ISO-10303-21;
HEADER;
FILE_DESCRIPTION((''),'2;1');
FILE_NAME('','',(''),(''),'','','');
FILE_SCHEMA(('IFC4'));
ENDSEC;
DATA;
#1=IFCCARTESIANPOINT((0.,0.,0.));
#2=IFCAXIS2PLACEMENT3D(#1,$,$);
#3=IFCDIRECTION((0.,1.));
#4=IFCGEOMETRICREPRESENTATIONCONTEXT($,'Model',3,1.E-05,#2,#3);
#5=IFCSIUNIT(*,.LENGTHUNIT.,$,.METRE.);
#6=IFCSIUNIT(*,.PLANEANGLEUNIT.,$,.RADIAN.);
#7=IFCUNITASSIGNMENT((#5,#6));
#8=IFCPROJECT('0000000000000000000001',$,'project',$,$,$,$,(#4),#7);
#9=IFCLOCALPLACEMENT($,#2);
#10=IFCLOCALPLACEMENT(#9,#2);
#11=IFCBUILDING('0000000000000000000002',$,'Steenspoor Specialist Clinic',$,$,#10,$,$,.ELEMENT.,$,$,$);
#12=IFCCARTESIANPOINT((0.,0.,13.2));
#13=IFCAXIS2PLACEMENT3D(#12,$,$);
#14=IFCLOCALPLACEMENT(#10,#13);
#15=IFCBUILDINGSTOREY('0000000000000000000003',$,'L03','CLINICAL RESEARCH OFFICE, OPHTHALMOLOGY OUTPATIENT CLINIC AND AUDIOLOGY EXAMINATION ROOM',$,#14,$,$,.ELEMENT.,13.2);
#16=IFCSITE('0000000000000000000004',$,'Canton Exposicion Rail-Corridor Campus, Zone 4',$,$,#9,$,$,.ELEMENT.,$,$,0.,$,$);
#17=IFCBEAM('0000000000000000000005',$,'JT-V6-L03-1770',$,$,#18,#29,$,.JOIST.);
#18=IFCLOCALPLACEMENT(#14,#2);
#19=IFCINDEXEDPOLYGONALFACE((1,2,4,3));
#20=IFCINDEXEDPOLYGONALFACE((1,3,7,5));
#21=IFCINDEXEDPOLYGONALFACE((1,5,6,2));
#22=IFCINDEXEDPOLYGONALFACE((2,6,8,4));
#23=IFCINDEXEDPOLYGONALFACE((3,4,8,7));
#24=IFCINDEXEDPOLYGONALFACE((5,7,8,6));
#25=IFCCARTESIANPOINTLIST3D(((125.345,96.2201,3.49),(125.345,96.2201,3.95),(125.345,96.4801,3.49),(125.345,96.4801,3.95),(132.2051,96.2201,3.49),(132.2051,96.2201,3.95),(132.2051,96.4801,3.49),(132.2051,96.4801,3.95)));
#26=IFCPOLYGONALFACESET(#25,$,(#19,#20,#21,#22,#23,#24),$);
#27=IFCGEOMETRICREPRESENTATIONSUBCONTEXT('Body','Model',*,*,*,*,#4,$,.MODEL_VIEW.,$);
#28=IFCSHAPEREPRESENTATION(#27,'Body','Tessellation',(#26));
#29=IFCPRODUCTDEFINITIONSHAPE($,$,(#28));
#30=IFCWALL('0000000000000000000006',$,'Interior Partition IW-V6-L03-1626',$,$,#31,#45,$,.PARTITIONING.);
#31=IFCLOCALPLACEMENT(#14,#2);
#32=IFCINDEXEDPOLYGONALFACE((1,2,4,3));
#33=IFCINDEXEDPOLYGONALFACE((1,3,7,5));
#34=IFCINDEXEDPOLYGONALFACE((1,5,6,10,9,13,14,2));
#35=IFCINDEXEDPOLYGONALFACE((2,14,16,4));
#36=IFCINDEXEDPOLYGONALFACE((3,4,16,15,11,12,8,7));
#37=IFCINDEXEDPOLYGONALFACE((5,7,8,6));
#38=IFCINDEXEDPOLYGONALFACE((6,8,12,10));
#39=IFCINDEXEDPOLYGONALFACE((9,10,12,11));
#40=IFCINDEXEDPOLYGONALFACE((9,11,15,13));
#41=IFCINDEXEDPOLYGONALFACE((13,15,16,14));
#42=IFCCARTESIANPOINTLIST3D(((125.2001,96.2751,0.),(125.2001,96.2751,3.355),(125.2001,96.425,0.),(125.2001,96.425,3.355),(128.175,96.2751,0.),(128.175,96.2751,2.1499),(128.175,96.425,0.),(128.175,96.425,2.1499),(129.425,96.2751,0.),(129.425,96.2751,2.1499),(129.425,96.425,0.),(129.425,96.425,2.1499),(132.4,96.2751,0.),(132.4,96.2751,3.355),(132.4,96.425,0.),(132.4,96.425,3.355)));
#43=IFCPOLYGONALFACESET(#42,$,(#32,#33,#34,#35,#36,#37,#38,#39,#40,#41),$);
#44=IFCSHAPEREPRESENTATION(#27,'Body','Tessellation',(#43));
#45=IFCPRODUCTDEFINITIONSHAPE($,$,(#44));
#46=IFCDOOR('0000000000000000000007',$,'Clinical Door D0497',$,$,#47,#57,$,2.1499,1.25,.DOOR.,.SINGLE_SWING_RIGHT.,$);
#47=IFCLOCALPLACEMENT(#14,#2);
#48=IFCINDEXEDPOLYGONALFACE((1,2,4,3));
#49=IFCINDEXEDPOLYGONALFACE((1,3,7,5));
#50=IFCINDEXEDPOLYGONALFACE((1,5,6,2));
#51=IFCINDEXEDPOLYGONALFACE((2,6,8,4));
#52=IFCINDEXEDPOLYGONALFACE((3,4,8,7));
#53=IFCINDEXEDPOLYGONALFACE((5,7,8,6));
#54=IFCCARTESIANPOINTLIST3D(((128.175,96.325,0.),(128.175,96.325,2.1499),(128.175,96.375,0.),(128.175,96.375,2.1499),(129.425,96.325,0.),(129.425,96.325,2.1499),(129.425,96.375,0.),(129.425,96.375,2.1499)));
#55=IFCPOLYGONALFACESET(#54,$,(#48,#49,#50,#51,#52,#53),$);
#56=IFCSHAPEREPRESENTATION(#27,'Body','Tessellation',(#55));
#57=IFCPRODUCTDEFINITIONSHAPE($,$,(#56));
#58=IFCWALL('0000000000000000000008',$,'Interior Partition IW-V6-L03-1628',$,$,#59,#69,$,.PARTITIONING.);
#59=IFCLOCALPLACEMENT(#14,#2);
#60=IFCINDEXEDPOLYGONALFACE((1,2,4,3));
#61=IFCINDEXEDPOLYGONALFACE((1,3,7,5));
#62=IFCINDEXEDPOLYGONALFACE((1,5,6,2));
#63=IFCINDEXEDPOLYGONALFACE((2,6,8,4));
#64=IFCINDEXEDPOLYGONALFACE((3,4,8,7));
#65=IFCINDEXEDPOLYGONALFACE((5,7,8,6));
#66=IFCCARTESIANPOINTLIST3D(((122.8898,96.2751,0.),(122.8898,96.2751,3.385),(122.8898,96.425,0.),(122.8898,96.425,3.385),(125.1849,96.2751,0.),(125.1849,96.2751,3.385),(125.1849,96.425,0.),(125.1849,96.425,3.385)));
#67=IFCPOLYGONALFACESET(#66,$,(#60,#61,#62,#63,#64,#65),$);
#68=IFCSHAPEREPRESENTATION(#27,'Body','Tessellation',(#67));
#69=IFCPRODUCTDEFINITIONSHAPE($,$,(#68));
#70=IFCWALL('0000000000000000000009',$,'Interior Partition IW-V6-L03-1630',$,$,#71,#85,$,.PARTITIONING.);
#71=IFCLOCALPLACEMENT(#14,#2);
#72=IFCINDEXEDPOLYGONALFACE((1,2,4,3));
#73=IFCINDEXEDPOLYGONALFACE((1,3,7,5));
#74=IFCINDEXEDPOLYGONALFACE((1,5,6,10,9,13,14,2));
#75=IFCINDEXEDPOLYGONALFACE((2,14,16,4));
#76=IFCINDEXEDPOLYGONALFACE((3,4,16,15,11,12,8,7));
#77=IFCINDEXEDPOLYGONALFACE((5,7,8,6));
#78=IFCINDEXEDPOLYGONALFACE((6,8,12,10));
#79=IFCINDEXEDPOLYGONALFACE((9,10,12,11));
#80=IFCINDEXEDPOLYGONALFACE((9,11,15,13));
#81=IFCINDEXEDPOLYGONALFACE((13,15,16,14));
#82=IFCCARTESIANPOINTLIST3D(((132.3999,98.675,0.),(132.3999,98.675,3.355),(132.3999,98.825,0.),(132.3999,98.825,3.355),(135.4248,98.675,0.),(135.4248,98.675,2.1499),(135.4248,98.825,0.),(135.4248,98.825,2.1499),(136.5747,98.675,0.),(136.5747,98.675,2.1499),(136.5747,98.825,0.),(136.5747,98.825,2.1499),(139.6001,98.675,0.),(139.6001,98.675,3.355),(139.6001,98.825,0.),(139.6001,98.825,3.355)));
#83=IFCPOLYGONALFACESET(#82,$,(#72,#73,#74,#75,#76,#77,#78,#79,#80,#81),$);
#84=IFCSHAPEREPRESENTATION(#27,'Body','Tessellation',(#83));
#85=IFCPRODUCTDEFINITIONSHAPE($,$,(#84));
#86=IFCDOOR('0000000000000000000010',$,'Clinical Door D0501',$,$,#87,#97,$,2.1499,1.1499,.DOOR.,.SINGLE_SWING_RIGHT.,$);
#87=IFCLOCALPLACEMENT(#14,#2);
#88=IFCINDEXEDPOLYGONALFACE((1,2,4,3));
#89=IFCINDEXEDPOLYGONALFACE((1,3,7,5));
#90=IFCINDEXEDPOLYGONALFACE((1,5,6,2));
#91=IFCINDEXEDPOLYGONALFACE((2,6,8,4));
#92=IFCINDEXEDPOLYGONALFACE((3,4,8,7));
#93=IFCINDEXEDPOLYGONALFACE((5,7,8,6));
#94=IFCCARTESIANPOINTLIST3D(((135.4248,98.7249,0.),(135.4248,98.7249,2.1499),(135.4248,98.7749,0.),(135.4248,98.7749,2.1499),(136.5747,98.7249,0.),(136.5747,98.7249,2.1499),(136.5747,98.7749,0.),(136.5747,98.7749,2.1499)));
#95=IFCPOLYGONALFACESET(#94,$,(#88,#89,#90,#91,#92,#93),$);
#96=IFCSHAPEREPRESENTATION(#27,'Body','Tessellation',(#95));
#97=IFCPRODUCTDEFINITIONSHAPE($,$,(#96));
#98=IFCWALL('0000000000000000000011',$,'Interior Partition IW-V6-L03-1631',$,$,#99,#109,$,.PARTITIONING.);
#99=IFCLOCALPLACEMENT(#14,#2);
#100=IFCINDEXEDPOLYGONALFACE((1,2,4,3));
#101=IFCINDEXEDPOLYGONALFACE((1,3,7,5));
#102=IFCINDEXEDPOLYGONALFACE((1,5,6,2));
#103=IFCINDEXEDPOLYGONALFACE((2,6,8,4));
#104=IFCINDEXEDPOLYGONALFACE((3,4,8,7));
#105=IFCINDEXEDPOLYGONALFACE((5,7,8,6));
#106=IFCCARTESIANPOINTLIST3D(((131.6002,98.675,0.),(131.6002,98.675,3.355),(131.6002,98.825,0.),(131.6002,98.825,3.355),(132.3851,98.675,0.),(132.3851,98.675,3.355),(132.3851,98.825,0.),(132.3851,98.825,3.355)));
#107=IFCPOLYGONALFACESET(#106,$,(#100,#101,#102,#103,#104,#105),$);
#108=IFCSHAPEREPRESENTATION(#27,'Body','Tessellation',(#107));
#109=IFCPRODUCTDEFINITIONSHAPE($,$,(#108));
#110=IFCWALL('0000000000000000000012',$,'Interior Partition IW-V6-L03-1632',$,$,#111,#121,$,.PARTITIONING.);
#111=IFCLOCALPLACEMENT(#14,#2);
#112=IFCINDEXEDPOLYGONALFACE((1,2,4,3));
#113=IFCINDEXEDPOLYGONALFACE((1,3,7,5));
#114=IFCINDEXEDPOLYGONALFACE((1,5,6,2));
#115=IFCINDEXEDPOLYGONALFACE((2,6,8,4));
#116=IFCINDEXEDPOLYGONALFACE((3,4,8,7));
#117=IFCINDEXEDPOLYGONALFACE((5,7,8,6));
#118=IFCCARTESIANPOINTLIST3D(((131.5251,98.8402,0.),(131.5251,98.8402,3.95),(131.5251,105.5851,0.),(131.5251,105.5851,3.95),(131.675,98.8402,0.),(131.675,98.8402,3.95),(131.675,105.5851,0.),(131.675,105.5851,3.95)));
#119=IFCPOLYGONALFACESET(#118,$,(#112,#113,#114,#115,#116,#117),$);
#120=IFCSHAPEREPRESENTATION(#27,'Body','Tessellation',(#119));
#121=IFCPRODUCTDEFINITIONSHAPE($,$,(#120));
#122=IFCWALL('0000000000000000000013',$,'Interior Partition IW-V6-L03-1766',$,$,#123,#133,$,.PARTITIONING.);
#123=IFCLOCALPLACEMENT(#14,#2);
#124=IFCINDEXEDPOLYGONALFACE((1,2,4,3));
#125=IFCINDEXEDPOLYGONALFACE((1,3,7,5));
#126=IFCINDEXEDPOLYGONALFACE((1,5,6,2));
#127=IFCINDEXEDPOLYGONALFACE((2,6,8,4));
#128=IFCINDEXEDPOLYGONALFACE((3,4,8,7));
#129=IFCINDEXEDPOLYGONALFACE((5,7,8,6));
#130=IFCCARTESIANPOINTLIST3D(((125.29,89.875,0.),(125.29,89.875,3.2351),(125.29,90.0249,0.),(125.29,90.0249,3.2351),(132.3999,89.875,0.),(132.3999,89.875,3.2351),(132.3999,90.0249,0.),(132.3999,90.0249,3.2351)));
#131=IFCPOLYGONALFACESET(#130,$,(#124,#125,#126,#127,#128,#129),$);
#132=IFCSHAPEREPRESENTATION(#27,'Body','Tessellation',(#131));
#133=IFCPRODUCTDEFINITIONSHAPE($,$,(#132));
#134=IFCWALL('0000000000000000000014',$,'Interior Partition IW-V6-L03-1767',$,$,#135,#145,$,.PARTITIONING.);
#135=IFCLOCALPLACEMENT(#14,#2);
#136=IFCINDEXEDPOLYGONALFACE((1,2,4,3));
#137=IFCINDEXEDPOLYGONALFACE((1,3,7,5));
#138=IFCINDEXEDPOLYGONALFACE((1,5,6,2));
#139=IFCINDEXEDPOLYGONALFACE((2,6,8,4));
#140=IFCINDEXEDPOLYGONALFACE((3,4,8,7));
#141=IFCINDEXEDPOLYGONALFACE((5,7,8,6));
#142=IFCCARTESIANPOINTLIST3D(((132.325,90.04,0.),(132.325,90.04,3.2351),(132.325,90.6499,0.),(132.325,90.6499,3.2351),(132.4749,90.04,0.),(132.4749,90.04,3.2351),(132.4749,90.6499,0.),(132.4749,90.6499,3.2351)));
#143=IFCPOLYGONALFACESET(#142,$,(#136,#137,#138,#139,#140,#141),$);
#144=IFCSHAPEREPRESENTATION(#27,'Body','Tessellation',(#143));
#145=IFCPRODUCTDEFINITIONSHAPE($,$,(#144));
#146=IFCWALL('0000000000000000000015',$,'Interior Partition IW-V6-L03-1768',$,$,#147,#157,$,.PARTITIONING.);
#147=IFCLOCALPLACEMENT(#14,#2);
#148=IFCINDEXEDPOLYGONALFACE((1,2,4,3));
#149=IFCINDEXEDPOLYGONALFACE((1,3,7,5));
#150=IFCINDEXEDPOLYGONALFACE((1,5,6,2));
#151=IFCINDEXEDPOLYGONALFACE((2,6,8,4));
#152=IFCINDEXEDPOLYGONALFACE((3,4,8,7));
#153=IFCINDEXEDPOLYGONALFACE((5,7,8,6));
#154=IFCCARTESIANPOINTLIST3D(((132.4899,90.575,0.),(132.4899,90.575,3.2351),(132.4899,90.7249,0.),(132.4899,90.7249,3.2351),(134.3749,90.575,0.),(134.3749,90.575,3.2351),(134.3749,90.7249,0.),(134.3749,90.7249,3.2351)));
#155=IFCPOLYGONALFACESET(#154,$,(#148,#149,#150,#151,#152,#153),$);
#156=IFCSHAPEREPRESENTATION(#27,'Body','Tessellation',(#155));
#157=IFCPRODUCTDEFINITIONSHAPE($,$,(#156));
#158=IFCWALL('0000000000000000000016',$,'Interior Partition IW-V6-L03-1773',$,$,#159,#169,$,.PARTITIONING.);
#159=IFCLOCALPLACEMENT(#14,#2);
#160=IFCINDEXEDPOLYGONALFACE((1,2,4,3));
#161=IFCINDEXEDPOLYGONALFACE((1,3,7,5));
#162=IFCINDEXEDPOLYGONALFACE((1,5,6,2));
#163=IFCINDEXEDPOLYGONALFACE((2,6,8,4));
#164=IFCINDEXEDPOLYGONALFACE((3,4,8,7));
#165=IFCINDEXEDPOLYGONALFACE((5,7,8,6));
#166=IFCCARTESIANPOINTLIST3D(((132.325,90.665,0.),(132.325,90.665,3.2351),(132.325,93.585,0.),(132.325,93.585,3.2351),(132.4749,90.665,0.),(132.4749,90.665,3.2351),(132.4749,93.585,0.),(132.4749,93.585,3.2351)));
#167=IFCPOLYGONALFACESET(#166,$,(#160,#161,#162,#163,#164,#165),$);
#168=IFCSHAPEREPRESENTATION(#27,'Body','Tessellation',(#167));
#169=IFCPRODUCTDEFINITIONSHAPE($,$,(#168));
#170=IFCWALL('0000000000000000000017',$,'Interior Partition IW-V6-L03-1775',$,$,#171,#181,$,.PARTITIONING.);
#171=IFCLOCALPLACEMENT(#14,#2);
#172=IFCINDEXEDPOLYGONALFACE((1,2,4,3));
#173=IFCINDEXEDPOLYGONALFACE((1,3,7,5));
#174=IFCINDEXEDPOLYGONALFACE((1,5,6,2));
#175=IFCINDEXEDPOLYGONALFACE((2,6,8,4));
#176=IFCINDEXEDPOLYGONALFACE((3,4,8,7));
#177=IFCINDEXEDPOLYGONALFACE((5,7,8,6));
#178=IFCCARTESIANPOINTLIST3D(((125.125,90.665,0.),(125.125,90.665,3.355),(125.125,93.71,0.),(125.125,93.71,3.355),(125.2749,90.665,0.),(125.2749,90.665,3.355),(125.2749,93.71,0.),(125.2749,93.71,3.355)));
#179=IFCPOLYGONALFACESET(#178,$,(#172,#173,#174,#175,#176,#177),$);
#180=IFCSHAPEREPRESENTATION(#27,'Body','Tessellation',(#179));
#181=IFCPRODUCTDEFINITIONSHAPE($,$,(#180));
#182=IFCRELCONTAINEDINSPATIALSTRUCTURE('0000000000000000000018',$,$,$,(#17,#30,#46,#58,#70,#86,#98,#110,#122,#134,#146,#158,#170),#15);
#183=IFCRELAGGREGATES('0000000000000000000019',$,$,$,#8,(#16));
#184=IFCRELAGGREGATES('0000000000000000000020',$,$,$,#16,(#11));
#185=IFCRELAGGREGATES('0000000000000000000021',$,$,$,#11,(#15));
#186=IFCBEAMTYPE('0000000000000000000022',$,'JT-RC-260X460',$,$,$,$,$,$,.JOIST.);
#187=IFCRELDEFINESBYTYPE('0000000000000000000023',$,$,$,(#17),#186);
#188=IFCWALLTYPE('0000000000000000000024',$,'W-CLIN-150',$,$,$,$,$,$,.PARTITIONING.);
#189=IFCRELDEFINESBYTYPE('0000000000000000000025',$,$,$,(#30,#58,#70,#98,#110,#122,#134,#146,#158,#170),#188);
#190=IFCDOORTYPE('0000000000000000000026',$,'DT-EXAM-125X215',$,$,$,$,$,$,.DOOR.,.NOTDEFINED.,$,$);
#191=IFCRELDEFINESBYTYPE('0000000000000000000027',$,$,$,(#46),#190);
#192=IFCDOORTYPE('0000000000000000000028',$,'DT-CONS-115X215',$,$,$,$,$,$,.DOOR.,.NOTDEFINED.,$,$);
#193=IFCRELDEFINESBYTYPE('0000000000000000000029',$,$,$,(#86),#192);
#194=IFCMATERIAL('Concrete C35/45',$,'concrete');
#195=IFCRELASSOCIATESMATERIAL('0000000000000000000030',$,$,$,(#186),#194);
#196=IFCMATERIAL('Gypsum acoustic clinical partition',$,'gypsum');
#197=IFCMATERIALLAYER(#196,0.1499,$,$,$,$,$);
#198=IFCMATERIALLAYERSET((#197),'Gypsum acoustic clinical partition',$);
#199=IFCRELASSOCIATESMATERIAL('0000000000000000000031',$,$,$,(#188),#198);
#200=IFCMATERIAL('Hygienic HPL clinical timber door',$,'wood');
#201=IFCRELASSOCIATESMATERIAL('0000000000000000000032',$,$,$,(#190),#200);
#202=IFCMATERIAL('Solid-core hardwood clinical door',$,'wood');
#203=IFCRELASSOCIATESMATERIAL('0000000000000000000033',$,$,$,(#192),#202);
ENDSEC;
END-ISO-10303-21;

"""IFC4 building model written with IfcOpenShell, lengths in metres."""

from ifc_helpers import new_model, si_unit, direction, frame, frame_2d, origin, origin_2d, place, context, subcontext, project, spatial, rectangle, extrude, material, layer, layer_set, material_profile, profile_set, type_object, element, fill, save


model = new_model("IFC4")

# Units and contexts
model_context = context("Model", 3, precision=1e-05, world=origin(), true_north=direction((0.0, 1.0)))
body_context = subcontext(model_context, "Body", "Model", "MODEL_VIEW")
ifc_project = project(units=[si_unit("LENGTHUNIT", "METRE"), si_unit("PLANEANGLEUNIT", "RADIAN")], contexts=[model_context])

# Site, building, storey
site_placement = place(None, origin())
site = spatial("IfcSite", under=ifc_project, at=site_placement, Name="Canton Exposicion Rail-Corridor Campus, Zone 4", CompositionType="ELEMENT", RefElevation=0.0)
building_placement = place(site_placement, origin())
building = spatial("IfcBuilding", under=site, at=building_placement, Name="Steenspoor Specialist Clinic", CompositionType="ELEMENT")
storey_placement = place(building_placement, frame((0.0, 0.0, 13.2)))
storey = spatial("IfcBuildingStorey", under=building, at=storey_placement, Name="L03", Description="CLINICAL RESEARCH OFFICE, OPHTHALMOLOGY OUTPATIENT CLINIC AND AUDIOLOGY EXAMINATION ROOM", CompositionType="ELEMENT", Elevation=13.2)

# Beam
ifc_material_1 = material(Name="Concrete C35/45", Category="concrete")
ifc_material_profile_1 = material_profile(ifc_material_1, rectangle(XDim=0.26, YDim=0.46, at=origin_2d()), Name="RC-JT-260X460")
ifc_profile_set_1 = profile_set([ifc_material_profile_1], Name="Concrete C35/45")
beam_type_1 = type_object("IfcBeamType", Name="JT-RC-260X460", PredefinedType="JOIST", material=ifc_profile_set_1)
beam_1_placement = place(storey_placement, frame((125.345, 96.3501, 3.72), z_axis=(1.0, 0.0, 0.0), x_axis=(0.0, 1.0, 0.0)))
element("IfcBeam", 1, at=beam_1_placement, inside=storey, type_object=beam_type_1, Name="JT-V6-L03-1770", PredefinedType="JOIST", context=body_context, shape_type="SweptSolid", body=[
    extrude(rectangle(XDim=0.26, YDim=0.46, at=origin_2d()), origin(), (0.0, 0.0, 1.0), 6.8601),
])

# Wall, opening, door
ifc_material_2 = material(Name="Gypsum acoustic clinical partition", Category="gypsum")
ifc_layer_1 = layer(ifc_material_2, 0.1499)
ifc_layer_set_1 = layer_set([ifc_layer_1], Name="Gypsum acoustic clinical partition")
wall_type_1 = type_object("IfcWallType", Name="W-CLIN-150", PredefinedType="PARTITIONING", material=ifc_layer_set_1)
wall_1_placement = place(storey_placement, frame((125.2, 96.3501, 0.0), z_axis=(0.0, 0.0, 1.0), x_axis=(1.0, 0.0, 0.0)))
wall_1 = element("IfcWall", 2, at=wall_1_placement, inside=storey, type_object=wall_type_1, Name="Interior Partition IW-V6-L03-1626", PredefinedType="PARTITIONING", context=body_context, shape_type="SweptSolid", body=[
    extrude(rectangle(XDim=7.2, YDim=0.1499, at=frame_2d((3.6001, 0.0))), origin(), (0.0, 0.0, 1.0), 3.355),
])
opening_1_placement = place(wall_1_placement, frame((2.9751, 0.0, 0.0)))
opening_1 = element("IfcOpeningElement", 3, at=opening_1_placement, cuts=wall_1, PredefinedType="OPENING", context=body_context, shape_type="SweptSolid", body=[
    extrude(rectangle(XDim=1.25, YDim=2.1499, at=frame_2d((0.625, 1.075))), frame((0.0, 0.085, 0.0), z_axis=(0.0, -1.0, 0.0), x_axis=(1.0, 0.0, 0.0)), (0.0, 0.0, 1.0), 0.1699),
])
ifc_material_3 = material(Name="Hygienic HPL clinical timber door", Category="wood")
door_type_1 = type_object("IfcDoorType", Name="DT-EXAM-125X215", OperationType="NOTDEFINED", PredefinedType="DOOR", material=ifc_material_3)
door_1_placement = place(opening_1_placement, origin())
door_1 = element("IfcDoor", 4, at=door_1_placement, inside=storey, type_object=door_type_1, Name="Clinical Door D0497", OperationType="SINGLE_SWING_RIGHT", OverallHeight=2.1499, OverallWidth=1.25, PredefinedType="DOOR", context=body_context, shape_type="SweptSolid", body=[
    extrude(rectangle(XDim=1.25, YDim=2.1499, at=frame_2d((0.625, 1.075))), frame((0.0, 0.0249, 0.0), z_axis=(0.0, -1.0, 0.0), x_axis=(1.0, 0.0, 0.0)), (0.0, 0.0, 1.0), 0.05),
])
fill(opening_1, door_1)

# Wall
wall_2_placement = place(storey_placement, frame((122.8899, 96.3501, 0.0), z_axis=(0.0, 0.0, 1.0), x_axis=(1.0, 0.0, 0.0)))
element("IfcWall", 5, at=wall_2_placement, inside=storey, type_object=wall_type_1, Name="Interior Partition IW-V6-L03-1628", PredefinedType="PARTITIONING", context=body_context, shape_type="SweptSolid", body=[
    extrude(rectangle(XDim=2.2952, YDim=0.1499, at=frame_2d((1.1475, 0.0))), origin(), (0.0, 0.0, 1.0), 3.385),
])

# Wall, opening, door
wall_3_placement = place(storey_placement, frame((132.3999, 98.75, 0.0), z_axis=(0.0, 0.0, 1.0), x_axis=(1.0, 0.0, 0.0)))
wall_3 = element("IfcWall", 6, at=wall_3_placement, inside=storey, type_object=wall_type_1, Name="Interior Partition IW-V6-L03-1630", PredefinedType="PARTITIONING", context=body_context, shape_type="SweptSolid", body=[
    extrude(rectangle(XDim=7.2002, YDim=0.1499, at=frame_2d((3.6001, 0.0))), origin(), (0.0, 0.0, 1.0), 3.355),
])
opening_2_placement = place(wall_3_placement, frame((3.0249, 0.0, 0.0)))
opening_2 = element("IfcOpeningElement", 7, at=opening_2_placement, cuts=wall_3, PredefinedType="OPENING", context=body_context, shape_type="SweptSolid", body=[
    extrude(rectangle(XDim=1.1499, YDim=2.1499, at=frame_2d((0.575, 1.075))), frame((0.0, 0.085, 0.0), z_axis=(0.0, -1.0, 0.0), x_axis=(1.0, 0.0, 0.0)), (0.0, 0.0, 1.0), 0.1699),
])
ifc_material_4 = material(Name="Solid-core hardwood clinical door", Category="wood")
door_type_2 = type_object("IfcDoorType", Name="DT-CONS-115X215", OperationType="NOTDEFINED", PredefinedType="DOOR", material=ifc_material_4)
door_2_placement = place(opening_2_placement, origin())
door_2 = element("IfcDoor", 8, at=door_2_placement, inside=storey, type_object=door_type_2, Name="Clinical Door D0501", OperationType="SINGLE_SWING_RIGHT", OverallHeight=2.1499, OverallWidth=1.1499, PredefinedType="DOOR", context=body_context, shape_type="SweptSolid", body=[
    extrude(rectangle(XDim=1.1499, YDim=2.1499, at=frame_2d((0.575, 1.075))), frame((0.0, 0.0249, 0.0), z_axis=(0.0, -1.0, 0.0), x_axis=(1.0, 0.0, 0.0)), (0.0, 0.0, 1.0), 0.05),
])
fill(opening_2, door_2)

# Walls
wall_4_placement = place(storey_placement, frame((131.6001, 98.75, 0.0), z_axis=(0.0, 0.0, 1.0), x_axis=(1.0, 0.0, 0.0)))
element("IfcWall", 9, at=wall_4_placement, inside=storey, type_object=wall_type_1, Name="Interior Partition IW-V6-L03-1631", PredefinedType="PARTITIONING", context=body_context, shape_type="SweptSolid", body=[
    extrude(rectangle(XDim=0.7849, YDim=0.1499, at=frame_2d((0.3926, 0.0))), origin(), (0.0, 0.0, 1.0), 3.355),
])
wall_5_placement = place(storey_placement, frame((131.6001, 98.8401, 0.0), z_axis=(0.0, 0.0, 1.0), x_axis=(0.0, 1.0, 0.0)))
element("IfcWall", 10, at=wall_5_placement, inside=storey, type_object=wall_type_1, Name="Interior Partition IW-V6-L03-1632", PredefinedType="PARTITIONING", context=body_context, shape_type="SweptSolid", body=[
    extrude(rectangle(XDim=6.7449, YDim=0.1499, at=frame_2d((3.3726, 0.0))), origin(), (0.0, 0.0, 1.0), 3.95),
])
wall_6_placement = place(storey_placement, frame((125.29, 89.95, 0.0), z_axis=(0.0, 0.0, 1.0), x_axis=(1.0, 0.0, 0.0)))
element("IfcWall", 11, at=wall_6_placement, inside=storey, type_object=wall_type_1, Name="Interior Partition IW-V6-L03-1766", PredefinedType="PARTITIONING", context=body_context, shape_type="SweptSolid", body=[
    extrude(rectangle(XDim=7.1099, YDim=0.1499, at=frame_2d((3.5549, 0.0))), origin(), (0.0, 0.0, 1.0), 3.2351),
])
wall_7_placement = place(storey_placement, frame((132.3999, 90.04, 0.0), z_axis=(0.0, 0.0, 1.0), x_axis=(0.0, 1.0, 0.0)))
element("IfcWall", 12, at=wall_7_placement, inside=storey, type_object=wall_type_1, Name="Interior Partition IW-V6-L03-1767", PredefinedType="PARTITIONING", context=body_context, shape_type="SweptSolid", body=[
    extrude(rectangle(XDim=0.6099, YDim=0.1499, at=frame_2d((0.3049, 0.0))), origin(), (0.0, 0.0, 1.0), 3.2351),
])
wall_8_placement = place(storey_placement, frame((132.49, 90.6499, 0.0), z_axis=(0.0, 0.0, 1.0), x_axis=(1.0, 0.0, 0.0)))
element("IfcWall", 13, at=wall_8_placement, inside=storey, type_object=wall_type_1, Name="Interior Partition IW-V6-L03-1768", PredefinedType="PARTITIONING", context=body_context, shape_type="SweptSolid", body=[
    extrude(rectangle(XDim=1.885, YDim=0.1499, at=frame_2d((0.9424, 0.0))), origin(), (0.0, 0.0, 1.0), 3.2351),
])
wall_9_placement = place(storey_placement, frame((132.3999, 90.665, 0.0), z_axis=(0.0, 0.0, 1.0), x_axis=(0.0, 1.0, 0.0)))
element("IfcWall", 14, at=wall_9_placement, inside=storey, type_object=wall_type_1, Name="Interior Partition IW-V6-L03-1773", PredefinedType="PARTITIONING", context=body_context, shape_type="SweptSolid", body=[
    extrude(rectangle(XDim=2.9199, YDim=0.1499, at=frame_2d((1.46, 0.0))), origin(), (0.0, 0.0, 1.0), 3.2351),
])
wall_10_placement = place(storey_placement, frame((125.2, 90.665, 0.0), z_axis=(0.0, 0.0, 1.0), x_axis=(0.0, 1.0, 0.0)))
element("IfcWall", 15, at=wall_10_placement, inside=storey, type_object=wall_type_1, Name="Interior Partition IW-V6-L03-1775", PredefinedType="PARTITIONING", context=body_context, shape_type="SweptSolid", body=[
    extrude(rectangle(XDim=3.0449, YDim=0.1499, at=frame_2d((1.5225, 0.0))), origin(), (0.0, 0.0, 1.0), 3.355),
])

save(model, "model.ifc")
